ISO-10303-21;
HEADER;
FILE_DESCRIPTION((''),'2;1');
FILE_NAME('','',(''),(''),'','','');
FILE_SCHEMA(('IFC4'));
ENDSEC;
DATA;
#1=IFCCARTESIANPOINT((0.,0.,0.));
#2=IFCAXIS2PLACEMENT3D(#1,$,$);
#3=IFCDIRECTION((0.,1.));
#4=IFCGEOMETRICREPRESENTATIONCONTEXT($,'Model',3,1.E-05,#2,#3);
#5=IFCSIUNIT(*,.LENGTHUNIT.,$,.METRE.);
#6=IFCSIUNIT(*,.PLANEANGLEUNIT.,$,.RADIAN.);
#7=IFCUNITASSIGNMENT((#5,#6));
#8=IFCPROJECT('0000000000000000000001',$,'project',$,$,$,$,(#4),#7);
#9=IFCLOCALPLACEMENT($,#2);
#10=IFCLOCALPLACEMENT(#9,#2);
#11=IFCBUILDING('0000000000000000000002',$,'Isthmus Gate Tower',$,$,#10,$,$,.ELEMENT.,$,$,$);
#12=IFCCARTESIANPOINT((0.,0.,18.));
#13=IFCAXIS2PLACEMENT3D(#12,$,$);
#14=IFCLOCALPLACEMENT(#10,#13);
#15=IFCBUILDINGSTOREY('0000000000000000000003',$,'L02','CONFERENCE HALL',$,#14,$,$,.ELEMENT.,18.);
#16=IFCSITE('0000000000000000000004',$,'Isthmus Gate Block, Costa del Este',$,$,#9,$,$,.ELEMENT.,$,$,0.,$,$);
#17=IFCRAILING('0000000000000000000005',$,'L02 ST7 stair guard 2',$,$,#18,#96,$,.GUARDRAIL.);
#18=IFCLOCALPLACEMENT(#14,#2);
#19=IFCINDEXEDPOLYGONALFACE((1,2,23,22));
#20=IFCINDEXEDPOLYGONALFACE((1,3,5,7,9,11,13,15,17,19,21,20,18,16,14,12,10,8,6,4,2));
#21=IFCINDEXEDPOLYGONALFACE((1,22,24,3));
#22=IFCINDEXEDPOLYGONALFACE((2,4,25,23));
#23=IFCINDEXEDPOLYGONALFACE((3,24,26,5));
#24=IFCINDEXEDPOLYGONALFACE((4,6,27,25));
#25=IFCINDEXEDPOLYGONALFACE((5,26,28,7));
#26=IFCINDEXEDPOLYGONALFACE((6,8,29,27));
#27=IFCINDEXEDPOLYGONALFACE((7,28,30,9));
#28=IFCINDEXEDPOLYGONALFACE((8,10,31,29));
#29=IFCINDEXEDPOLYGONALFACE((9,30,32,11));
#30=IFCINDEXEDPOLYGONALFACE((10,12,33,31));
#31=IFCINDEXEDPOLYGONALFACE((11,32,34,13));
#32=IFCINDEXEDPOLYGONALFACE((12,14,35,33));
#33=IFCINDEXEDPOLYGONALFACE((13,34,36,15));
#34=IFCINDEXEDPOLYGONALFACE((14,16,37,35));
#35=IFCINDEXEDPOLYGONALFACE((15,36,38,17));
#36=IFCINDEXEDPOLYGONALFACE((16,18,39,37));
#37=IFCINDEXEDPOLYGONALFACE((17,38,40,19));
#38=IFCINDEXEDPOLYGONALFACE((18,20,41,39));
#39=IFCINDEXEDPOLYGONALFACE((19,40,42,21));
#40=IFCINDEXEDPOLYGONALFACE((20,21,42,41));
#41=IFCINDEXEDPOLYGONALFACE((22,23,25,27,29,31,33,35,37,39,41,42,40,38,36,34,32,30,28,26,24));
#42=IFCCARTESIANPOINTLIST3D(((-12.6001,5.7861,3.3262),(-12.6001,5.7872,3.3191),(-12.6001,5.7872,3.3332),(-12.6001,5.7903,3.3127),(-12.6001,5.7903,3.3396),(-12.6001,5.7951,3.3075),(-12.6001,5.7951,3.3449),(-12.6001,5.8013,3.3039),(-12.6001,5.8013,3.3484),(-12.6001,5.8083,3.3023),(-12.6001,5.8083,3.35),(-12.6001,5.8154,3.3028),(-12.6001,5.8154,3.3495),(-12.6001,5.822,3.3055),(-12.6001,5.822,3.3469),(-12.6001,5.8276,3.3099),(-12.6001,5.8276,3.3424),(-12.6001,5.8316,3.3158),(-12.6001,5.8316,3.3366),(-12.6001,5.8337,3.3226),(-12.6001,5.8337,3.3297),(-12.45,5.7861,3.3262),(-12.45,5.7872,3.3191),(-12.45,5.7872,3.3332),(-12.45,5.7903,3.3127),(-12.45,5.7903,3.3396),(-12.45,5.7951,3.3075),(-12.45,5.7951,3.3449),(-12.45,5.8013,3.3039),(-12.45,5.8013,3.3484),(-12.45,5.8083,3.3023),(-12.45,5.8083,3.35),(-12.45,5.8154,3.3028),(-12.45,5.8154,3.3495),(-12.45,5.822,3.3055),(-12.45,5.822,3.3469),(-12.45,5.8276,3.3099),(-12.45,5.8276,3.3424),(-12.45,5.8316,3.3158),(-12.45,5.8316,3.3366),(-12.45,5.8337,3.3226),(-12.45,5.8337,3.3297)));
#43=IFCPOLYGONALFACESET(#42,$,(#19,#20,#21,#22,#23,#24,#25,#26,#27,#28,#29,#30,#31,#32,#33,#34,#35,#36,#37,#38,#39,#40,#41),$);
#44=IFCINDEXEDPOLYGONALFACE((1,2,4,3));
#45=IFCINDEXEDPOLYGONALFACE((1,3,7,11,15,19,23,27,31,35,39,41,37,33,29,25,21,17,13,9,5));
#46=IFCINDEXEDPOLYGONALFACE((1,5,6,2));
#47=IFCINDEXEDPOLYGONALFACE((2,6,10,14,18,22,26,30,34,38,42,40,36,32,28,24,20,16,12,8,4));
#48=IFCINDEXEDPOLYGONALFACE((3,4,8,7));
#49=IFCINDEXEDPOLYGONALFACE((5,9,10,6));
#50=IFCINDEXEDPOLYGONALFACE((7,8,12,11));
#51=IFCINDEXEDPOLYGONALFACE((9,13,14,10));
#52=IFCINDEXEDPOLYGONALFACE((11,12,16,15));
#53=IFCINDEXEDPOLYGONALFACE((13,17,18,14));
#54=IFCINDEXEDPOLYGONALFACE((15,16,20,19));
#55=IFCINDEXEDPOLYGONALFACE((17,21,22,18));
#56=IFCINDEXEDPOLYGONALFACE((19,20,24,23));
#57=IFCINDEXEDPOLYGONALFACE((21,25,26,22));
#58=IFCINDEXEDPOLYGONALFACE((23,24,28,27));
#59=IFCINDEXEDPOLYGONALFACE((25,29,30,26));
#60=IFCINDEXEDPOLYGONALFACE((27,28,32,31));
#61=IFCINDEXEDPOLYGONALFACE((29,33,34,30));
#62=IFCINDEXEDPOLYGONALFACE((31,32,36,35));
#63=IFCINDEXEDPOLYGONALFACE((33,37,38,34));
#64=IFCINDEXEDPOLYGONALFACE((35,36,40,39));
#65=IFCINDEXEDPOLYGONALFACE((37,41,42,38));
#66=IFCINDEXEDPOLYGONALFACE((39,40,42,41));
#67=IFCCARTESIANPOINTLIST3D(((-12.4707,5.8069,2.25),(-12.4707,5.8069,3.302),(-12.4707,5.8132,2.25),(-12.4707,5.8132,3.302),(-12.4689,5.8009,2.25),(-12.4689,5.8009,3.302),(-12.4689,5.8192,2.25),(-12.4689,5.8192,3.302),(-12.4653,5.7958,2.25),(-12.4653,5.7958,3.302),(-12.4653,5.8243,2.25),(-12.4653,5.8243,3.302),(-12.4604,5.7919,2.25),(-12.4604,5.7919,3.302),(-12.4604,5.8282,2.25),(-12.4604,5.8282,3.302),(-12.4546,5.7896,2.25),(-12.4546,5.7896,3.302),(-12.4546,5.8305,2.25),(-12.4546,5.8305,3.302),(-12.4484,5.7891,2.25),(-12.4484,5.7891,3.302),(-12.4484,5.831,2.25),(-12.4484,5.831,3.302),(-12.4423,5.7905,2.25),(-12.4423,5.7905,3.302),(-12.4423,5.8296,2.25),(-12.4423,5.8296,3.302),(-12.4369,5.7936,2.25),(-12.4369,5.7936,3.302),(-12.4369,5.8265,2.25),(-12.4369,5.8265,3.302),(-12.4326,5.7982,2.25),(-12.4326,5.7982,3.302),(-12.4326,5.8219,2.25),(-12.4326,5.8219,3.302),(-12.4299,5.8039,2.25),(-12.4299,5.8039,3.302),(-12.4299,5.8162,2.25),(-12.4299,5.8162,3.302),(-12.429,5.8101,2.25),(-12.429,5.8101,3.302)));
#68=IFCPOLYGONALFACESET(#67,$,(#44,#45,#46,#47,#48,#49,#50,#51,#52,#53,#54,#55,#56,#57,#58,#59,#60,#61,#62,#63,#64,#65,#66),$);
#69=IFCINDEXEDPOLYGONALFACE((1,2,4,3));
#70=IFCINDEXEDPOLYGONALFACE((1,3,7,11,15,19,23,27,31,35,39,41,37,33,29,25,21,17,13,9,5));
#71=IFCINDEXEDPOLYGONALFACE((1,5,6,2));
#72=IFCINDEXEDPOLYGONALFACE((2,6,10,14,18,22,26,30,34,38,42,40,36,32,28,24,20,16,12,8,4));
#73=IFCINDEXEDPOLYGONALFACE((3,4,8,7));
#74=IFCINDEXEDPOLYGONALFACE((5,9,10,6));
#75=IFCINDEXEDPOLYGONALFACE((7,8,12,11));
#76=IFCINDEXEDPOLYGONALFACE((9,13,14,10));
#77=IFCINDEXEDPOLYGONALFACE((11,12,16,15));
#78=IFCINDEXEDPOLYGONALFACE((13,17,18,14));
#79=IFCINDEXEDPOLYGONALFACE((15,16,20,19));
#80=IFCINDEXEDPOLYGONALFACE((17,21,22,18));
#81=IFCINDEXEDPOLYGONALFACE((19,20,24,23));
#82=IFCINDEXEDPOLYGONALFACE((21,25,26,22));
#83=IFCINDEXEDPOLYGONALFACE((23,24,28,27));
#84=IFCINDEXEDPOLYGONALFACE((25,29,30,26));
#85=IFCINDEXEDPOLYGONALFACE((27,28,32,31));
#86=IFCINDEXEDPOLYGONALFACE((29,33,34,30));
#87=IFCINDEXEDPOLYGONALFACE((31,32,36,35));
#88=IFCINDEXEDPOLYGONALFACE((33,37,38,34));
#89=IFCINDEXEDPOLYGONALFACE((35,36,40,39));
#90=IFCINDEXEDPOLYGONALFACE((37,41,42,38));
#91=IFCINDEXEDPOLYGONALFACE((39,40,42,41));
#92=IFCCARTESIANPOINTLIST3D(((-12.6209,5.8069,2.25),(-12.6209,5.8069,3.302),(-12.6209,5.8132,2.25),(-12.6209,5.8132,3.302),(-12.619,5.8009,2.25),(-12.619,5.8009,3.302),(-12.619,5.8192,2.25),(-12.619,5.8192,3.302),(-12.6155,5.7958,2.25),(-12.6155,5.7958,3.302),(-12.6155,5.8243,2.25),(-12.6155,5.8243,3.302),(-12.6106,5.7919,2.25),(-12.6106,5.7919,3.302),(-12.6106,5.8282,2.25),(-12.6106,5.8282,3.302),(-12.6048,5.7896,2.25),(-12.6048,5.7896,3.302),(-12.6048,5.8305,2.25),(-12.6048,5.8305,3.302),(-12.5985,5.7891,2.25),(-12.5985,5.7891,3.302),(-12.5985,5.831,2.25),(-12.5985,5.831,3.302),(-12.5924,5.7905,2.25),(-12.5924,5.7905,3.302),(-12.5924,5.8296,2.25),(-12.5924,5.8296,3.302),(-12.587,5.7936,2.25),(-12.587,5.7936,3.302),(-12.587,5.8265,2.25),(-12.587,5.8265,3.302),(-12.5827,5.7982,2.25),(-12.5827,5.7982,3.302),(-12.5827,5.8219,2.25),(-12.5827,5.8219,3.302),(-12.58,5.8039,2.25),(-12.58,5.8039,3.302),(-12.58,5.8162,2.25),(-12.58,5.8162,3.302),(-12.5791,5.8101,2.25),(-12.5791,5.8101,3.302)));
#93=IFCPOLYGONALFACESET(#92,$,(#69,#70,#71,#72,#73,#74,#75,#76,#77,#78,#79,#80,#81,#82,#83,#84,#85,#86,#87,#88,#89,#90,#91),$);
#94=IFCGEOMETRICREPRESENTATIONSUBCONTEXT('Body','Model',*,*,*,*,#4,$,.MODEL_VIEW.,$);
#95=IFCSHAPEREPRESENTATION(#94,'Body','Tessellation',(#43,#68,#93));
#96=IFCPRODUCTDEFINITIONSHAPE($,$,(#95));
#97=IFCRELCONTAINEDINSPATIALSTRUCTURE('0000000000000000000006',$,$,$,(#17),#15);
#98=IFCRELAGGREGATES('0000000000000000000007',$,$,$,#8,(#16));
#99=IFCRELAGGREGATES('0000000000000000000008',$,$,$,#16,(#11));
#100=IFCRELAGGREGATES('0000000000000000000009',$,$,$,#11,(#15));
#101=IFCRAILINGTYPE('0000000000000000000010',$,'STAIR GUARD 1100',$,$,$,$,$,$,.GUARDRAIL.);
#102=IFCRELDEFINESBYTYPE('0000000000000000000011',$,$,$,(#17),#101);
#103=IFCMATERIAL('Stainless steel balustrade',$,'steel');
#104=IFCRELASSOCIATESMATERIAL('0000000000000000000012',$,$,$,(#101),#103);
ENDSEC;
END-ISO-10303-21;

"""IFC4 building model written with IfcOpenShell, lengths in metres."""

from ifc_helpers import new_model, si_unit, direction, frame, origin, origin_2d, place, context, subcontext, project, spatial, circle, extrude, material, type_object, element, save


model = new_model("IFC4")

# Units and contexts
model_context = context("Model", 3, precision=1e-05, world=origin(), true_north=direction((0.0, 1.0)))
body_context = subcontext(model_context, "Body", "Model", "MODEL_VIEW")
ifc_project = project(units=[si_unit("LENGTHUNIT", "METRE"), si_unit("PLANEANGLEUNIT", "RADIAN")], contexts=[model_context])

# Site, building, storey
site_placement = place(None, origin())
site = spatial("IfcSite", under=ifc_project, at=site_placement, Name="Isthmus Gate Block, Costa del Este", CompositionType="ELEMENT", RefElevation=0.0)
building_placement = place(site_placement, origin())
building = spatial("IfcBuilding", under=site, at=building_placement, Name="Isthmus Gate Tower", CompositionType="ELEMENT")
storey_placement = place(building_placement, frame((0.0, 0.0, 18.0)))
storey = spatial("IfcBuildingStorey", under=building, at=storey_placement, Name="L02", Description="CONFERENCE HALL", CompositionType="ELEMENT", Elevation=18.0)

# Railing
ifc_material_1 = material(Name="Stainless steel balustrade", Category="steel")
railing_type_1 = type_object("IfcRailingType", Name="STAIR GUARD 1100", PredefinedType="GUARDRAIL", material=ifc_material_1)
railing_1_placement = place(storey_placement, frame((-12.45, 5.8101, 2.25)))
element("IfcRailing", 1, at=railing_1_placement, inside=storey, type_object=railing_type_1, Name="L02 ST7 stair guard 2", PredefinedType="GUARDRAIL", context=body_context, shape_type="SweptSolid", body=[
    extrude(circle(Radius=0.0239, at=origin_2d()), frame((0.0, 0.0, 1.0762), z_axis=(-1.0, 0.0, 0.0), x_axis=(0.0, -1.0, 0.0)), (0.0, 0.0, 1.0), 0.1501),
    extrude(circle(Radius=0.021, at=origin_2d()), origin(), (0.0, 0.0, 1.0), 1.052),
    extrude(circle(Radius=0.021, at=origin_2d()), frame((-0.1501, 0.0, 0.0)), (0.0, 0.0, 1.0), 1.052),
])

save(model, "model.ifc")
